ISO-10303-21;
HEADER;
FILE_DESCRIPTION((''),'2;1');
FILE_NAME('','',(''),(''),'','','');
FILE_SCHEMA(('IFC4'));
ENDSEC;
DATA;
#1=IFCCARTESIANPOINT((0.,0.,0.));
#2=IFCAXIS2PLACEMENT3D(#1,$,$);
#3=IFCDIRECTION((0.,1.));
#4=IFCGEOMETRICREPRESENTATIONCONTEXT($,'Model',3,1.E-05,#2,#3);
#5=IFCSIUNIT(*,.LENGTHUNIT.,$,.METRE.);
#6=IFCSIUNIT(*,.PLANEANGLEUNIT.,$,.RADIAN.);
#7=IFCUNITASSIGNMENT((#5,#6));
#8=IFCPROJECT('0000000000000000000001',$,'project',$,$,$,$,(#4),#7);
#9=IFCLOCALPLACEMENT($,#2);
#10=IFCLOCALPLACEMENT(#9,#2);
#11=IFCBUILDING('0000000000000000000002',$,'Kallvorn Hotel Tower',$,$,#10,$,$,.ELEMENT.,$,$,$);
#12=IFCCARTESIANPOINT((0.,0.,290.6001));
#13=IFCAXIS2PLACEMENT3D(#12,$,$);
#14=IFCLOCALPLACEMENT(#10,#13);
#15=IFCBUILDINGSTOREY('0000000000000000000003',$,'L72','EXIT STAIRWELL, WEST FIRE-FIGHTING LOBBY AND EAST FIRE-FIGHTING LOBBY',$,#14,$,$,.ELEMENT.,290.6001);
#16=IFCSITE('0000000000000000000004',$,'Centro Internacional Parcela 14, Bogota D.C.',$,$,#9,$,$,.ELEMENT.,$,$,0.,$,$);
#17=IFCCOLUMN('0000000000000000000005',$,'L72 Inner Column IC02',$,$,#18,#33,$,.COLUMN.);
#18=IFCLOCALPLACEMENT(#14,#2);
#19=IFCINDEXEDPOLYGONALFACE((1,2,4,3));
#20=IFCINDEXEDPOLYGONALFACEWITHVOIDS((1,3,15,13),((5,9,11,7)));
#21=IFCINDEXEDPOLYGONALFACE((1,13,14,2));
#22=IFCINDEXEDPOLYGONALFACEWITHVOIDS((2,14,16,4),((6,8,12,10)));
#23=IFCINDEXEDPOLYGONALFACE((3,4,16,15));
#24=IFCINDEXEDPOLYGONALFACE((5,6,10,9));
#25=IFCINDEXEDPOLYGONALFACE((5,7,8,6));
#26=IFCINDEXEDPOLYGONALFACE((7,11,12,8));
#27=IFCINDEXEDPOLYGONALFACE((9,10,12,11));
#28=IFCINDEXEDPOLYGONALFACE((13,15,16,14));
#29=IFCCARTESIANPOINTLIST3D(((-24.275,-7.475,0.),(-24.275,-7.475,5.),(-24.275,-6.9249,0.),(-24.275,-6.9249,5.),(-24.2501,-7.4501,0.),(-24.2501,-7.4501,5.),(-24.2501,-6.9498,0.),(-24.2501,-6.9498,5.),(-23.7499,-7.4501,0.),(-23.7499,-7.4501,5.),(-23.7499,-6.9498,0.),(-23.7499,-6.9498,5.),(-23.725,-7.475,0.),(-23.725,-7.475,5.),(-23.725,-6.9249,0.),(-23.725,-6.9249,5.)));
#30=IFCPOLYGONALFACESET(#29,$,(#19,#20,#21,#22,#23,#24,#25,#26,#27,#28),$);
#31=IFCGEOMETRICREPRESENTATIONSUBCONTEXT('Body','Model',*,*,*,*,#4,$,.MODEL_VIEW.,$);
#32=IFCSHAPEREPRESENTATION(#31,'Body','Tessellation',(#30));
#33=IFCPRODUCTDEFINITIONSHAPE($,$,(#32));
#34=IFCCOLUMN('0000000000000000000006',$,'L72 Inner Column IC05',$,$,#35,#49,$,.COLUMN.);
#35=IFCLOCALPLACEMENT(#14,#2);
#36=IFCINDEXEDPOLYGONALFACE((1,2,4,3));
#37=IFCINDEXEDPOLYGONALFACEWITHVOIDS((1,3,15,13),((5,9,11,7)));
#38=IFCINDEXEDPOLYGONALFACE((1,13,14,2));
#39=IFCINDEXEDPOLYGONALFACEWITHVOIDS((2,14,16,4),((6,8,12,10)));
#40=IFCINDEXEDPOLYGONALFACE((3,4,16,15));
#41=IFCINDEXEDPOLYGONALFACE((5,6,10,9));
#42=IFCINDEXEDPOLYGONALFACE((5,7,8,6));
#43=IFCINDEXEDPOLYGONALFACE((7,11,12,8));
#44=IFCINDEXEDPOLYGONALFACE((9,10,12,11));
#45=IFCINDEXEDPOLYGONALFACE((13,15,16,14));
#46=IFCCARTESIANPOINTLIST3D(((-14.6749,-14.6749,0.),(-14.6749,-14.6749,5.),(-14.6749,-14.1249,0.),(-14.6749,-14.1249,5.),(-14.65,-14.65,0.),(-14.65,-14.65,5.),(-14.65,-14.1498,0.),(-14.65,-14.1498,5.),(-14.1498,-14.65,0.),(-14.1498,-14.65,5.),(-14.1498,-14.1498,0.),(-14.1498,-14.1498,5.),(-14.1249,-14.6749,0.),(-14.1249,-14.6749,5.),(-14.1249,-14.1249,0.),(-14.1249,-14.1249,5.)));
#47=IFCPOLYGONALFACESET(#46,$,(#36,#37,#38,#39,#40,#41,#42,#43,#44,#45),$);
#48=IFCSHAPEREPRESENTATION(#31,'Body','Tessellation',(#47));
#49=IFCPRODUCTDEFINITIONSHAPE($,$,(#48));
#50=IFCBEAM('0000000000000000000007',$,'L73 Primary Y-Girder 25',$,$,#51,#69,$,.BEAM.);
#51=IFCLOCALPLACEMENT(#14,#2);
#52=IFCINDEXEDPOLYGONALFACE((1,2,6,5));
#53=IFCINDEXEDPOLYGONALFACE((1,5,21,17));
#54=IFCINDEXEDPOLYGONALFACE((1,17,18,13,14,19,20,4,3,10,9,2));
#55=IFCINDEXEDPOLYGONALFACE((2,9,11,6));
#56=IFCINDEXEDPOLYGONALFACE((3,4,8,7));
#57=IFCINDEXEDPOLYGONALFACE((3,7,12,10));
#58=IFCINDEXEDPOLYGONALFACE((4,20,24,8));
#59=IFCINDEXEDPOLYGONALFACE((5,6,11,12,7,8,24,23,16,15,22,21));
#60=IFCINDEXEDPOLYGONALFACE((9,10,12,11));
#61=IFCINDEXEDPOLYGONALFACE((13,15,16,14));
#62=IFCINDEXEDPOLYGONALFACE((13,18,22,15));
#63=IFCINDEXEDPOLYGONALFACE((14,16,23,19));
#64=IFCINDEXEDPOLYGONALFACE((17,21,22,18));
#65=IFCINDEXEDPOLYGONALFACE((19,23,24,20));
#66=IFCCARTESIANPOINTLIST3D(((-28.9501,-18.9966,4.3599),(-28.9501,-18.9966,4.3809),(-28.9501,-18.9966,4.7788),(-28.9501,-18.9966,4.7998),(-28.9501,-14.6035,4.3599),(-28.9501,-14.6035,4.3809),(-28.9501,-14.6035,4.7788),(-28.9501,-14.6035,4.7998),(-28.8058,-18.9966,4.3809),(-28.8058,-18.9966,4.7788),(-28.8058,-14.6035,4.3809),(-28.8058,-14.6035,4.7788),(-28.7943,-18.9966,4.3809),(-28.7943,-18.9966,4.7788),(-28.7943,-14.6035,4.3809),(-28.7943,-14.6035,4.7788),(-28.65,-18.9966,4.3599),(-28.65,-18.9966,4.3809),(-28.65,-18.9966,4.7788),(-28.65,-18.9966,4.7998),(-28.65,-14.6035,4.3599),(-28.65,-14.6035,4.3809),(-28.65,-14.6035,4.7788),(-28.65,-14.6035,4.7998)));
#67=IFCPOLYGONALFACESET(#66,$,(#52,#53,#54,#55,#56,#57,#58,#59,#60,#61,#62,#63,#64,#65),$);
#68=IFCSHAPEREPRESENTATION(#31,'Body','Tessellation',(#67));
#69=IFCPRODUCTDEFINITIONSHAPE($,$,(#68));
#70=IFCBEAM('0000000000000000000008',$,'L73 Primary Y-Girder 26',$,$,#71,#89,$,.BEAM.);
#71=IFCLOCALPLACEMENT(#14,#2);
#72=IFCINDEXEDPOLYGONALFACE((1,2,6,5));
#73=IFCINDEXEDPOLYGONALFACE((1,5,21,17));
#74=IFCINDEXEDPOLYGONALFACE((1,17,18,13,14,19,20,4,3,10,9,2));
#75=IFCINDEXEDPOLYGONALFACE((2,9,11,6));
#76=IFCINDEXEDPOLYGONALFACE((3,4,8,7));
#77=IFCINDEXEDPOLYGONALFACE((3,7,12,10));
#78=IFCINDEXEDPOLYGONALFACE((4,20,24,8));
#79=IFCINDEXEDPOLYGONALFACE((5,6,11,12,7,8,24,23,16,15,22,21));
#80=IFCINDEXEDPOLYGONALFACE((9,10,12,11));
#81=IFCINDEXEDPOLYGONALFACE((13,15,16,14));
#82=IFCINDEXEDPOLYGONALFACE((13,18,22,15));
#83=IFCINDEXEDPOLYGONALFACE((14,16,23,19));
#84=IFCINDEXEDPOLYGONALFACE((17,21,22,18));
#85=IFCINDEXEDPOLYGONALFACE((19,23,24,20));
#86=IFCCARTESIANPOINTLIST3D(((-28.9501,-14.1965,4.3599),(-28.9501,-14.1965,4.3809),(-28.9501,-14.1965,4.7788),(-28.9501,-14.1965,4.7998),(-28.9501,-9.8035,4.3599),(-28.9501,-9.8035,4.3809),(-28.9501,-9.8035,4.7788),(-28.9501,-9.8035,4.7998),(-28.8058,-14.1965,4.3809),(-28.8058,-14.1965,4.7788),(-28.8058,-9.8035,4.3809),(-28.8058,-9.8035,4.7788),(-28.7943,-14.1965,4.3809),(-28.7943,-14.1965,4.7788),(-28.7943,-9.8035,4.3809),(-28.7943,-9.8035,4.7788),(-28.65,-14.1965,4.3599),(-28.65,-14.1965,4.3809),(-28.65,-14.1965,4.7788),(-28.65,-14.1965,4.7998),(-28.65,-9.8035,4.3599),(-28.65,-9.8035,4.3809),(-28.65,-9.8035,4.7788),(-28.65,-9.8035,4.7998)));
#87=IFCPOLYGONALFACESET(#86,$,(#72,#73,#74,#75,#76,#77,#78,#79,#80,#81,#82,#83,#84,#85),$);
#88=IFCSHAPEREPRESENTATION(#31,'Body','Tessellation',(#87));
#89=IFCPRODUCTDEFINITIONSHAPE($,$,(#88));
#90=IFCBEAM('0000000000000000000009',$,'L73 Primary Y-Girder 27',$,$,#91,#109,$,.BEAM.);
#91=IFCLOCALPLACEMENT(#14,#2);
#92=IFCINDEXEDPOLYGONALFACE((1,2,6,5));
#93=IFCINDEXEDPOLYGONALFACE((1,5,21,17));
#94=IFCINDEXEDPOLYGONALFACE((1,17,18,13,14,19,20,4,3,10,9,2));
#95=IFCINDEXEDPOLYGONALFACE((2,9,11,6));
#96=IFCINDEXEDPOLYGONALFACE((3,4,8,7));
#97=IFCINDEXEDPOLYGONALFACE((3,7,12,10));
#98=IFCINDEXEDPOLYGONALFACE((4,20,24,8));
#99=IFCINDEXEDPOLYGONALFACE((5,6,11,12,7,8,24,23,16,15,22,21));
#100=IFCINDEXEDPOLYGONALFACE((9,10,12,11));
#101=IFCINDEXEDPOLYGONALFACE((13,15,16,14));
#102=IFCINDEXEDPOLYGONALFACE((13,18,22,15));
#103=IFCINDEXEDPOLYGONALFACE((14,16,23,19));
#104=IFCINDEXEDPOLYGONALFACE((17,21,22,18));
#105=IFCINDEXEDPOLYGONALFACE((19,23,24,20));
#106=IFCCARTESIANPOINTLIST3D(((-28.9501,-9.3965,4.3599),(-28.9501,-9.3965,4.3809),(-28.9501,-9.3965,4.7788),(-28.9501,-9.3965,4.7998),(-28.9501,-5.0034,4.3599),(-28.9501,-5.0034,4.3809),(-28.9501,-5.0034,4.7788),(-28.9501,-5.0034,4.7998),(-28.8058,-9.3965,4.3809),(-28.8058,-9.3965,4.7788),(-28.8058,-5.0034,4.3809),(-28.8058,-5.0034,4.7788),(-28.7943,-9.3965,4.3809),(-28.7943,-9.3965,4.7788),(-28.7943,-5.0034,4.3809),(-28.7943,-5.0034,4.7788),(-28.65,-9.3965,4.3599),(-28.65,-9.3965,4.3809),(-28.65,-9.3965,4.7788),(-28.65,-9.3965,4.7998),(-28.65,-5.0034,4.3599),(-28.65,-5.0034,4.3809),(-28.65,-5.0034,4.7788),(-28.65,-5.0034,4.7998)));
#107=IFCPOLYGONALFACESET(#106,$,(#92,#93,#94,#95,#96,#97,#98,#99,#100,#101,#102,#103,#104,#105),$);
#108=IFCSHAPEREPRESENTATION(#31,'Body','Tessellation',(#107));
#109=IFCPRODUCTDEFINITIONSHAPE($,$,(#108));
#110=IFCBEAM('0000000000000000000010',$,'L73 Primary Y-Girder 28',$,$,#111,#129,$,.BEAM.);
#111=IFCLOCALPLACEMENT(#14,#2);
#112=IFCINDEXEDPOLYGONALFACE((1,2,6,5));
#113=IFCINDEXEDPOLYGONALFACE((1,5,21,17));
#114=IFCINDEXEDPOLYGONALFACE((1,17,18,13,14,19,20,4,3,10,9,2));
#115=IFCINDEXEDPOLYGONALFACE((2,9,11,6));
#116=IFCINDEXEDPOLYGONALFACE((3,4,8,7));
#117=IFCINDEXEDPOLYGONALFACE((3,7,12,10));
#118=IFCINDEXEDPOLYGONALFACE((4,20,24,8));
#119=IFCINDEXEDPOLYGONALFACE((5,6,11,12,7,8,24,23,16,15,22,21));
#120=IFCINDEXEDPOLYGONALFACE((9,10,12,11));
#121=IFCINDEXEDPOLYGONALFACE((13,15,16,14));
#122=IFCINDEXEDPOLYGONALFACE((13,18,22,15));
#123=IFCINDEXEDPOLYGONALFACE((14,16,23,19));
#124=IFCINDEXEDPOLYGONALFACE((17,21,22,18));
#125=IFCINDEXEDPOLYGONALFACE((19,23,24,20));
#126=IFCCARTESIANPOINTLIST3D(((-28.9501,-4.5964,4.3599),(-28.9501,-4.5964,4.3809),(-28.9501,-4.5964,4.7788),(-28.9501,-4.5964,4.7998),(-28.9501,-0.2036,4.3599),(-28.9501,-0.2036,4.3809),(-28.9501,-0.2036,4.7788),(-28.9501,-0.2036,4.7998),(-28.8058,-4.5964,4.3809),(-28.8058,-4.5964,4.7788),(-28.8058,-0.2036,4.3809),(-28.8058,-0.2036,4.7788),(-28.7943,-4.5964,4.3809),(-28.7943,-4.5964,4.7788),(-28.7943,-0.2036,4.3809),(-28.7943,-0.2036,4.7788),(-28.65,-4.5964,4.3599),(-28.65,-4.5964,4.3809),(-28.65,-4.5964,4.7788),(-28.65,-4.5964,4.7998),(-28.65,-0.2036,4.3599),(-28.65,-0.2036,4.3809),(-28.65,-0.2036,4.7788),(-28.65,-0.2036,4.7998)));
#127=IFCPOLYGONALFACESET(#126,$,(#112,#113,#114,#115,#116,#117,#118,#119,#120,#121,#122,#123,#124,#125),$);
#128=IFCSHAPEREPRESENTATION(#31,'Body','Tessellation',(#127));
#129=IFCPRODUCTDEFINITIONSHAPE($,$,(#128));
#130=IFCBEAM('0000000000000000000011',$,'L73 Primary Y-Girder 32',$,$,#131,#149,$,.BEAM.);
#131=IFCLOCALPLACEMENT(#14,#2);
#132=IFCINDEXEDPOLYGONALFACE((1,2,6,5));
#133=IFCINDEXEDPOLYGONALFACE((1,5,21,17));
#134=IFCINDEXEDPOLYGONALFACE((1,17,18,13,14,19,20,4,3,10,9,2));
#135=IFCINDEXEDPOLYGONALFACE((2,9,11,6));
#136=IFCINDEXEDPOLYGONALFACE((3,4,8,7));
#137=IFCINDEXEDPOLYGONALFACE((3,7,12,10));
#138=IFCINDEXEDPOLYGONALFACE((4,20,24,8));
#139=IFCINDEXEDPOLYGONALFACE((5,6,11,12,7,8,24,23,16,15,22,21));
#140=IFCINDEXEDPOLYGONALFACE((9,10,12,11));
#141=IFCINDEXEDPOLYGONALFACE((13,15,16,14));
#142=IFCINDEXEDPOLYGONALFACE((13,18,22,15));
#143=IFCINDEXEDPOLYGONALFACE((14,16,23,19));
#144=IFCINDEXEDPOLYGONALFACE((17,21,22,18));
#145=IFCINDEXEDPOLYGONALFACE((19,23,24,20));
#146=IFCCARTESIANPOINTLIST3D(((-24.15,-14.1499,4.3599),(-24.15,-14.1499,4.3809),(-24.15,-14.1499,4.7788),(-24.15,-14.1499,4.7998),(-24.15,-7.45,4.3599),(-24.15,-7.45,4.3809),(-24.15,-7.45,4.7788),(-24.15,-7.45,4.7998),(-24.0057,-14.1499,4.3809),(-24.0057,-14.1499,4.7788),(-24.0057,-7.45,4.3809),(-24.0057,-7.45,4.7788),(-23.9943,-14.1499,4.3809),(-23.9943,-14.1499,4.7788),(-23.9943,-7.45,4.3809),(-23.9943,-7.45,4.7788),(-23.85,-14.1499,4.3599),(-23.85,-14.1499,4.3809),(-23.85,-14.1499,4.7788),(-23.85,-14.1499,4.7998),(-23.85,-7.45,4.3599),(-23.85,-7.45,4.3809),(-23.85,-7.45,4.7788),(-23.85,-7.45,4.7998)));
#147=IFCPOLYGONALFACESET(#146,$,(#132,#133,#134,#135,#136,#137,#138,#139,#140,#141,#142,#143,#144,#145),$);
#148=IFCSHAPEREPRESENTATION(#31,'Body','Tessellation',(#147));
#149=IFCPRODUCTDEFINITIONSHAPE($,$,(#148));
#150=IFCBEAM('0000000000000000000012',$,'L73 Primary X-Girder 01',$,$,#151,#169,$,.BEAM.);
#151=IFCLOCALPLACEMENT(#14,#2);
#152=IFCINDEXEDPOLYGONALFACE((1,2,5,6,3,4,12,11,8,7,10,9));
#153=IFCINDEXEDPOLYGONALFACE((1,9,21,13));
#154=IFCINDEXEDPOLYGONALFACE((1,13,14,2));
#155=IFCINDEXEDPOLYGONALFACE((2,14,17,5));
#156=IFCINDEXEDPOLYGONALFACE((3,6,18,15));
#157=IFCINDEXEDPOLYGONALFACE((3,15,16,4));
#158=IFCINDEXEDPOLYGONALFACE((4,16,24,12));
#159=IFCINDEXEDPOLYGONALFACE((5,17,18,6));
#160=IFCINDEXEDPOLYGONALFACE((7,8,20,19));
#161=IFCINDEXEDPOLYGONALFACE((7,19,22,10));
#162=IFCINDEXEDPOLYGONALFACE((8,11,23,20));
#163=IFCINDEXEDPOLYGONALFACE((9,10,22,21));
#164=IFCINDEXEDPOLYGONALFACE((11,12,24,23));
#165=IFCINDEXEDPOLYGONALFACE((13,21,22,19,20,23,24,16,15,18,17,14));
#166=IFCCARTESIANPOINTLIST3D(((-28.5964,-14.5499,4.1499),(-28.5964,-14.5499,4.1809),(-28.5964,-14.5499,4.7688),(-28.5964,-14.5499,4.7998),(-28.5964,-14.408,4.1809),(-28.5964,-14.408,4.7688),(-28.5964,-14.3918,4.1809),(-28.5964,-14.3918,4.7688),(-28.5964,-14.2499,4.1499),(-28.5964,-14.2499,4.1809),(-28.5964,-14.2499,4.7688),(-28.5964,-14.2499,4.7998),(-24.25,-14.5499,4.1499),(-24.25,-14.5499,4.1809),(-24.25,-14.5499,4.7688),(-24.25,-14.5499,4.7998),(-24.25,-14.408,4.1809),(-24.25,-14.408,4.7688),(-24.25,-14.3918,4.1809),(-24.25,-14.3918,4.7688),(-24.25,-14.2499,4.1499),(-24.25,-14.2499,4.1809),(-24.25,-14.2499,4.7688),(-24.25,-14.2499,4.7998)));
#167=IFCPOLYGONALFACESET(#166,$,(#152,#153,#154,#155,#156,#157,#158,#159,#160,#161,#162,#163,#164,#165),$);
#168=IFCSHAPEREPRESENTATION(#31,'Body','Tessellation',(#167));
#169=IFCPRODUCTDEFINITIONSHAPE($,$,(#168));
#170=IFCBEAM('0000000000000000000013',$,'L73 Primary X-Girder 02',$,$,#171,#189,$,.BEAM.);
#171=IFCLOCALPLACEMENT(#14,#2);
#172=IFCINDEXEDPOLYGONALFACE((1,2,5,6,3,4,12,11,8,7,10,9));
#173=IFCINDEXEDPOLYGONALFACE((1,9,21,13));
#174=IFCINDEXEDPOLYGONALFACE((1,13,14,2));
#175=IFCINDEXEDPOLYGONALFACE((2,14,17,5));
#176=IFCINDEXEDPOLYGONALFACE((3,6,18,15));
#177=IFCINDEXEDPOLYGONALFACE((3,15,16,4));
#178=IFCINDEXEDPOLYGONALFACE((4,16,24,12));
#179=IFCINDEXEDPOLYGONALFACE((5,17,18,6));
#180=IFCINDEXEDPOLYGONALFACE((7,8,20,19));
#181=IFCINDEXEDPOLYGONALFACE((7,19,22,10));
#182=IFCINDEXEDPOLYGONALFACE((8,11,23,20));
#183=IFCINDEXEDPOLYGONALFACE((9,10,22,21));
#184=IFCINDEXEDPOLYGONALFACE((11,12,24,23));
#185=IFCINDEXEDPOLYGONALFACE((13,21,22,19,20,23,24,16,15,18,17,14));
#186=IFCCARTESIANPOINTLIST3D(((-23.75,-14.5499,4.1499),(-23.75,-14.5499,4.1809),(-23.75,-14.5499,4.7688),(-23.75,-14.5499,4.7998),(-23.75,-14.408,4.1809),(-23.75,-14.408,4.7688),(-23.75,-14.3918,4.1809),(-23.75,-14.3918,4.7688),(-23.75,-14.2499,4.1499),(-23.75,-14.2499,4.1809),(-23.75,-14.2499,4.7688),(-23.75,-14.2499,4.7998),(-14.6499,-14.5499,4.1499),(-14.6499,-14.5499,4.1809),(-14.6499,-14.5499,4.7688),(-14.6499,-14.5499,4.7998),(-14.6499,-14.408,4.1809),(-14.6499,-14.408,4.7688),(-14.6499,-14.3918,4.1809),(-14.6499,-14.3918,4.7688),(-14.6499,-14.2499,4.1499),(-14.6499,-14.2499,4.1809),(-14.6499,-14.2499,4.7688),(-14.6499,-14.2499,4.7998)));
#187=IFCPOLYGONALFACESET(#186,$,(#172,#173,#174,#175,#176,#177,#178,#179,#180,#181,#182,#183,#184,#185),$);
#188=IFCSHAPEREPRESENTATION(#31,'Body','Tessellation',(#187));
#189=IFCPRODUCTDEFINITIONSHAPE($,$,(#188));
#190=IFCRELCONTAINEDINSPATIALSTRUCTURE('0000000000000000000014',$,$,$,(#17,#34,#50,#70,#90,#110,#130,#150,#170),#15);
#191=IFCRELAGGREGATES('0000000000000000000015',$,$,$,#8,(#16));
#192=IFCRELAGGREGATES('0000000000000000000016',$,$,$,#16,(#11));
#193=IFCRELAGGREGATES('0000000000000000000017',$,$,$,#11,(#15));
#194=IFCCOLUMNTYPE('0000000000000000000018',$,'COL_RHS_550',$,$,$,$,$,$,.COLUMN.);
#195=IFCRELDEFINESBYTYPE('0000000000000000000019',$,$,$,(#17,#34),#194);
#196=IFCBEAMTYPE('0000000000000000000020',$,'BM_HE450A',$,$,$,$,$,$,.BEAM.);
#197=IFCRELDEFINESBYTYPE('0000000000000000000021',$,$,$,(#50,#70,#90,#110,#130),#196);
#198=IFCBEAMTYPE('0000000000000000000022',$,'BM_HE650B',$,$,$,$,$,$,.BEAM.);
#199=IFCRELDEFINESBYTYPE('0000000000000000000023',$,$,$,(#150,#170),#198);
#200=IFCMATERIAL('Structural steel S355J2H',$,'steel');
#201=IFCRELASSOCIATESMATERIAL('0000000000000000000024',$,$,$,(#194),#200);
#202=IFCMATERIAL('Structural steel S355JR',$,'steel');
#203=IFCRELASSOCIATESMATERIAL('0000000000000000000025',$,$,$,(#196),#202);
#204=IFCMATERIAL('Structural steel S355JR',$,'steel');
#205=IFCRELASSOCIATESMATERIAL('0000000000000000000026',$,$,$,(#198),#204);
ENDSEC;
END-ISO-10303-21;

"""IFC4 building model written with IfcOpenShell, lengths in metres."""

from ifc_helpers import new_model, si_unit, direction, frame, origin, origin_2d, place, context, subcontext, project, spatial, hollow_rectangle, i_section, extrude, material, material_profile, profile_set, type_object, element, save


model = new_model("IFC4")

# Units and contexts
model_context = context("Model", 3, precision=1e-05, world=origin(), true_north=direction((0.0, 1.0)))
body_context = subcontext(model_context, "Body", "Model", "MODEL_VIEW")
ifc_project = project(units=[si_unit("LENGTHUNIT", "METRE"), si_unit("PLANEANGLEUNIT", "RADIAN")], contexts=[model_context])

# Site, building, storey
site_placement = place(None, origin())
site = spatial("IfcSite", under=ifc_project, at=site_placement, Name="Centro Internacional Parcela 14, Bogota D.C.", CompositionType="ELEMENT", RefElevation=0.0)
building_placement = place(site_placement, origin())
building = spatial("IfcBuilding", under=site, at=building_placement, Name="Kallvorn Hotel Tower", CompositionType="ELEMENT")
storey_placement = place(building_placement, frame((0.0, 0.0, 290.6001)))
storey = spatial("IfcBuildingStorey", under=building, at=storey_placement, Name="L72", Description="EXIT STAIRWELL, WEST FIRE-FIGHTING LOBBY AND EAST FIRE-FIGHTING LOBBY", CompositionType="ELEMENT", Elevation=290.6001)

# Columns
ifc_material_1 = material(Name="Structural steel S355J2H", Category="steel")
ifc_material_profile_1 = material_profile(ifc_material_1, hollow_rectangle(XDim=0.55, YDim=0.55, WallThickness=0.0249, at=origin_2d()), Name="RHS 550x550x25")
ifc_profile_set_1 = profile_set([ifc_material_profile_1], Name="Structural steel S355J2H")
column_type_1 = type_object("IfcColumnType", Name="COL_RHS_550", PredefinedType="COLUMN", material=ifc_profile_set_1)
for number, where, z_axis, x_axis, name in (
    (1, (-24.0, -7.2, 0.0), (0.0, 0.0, 1.0), (1.0, 0.0, 0.0), "L72 Inner Column IC02"),
    (2, (-14.3999, -14.3999, 0.0), (0.0, 0.0, 1.0), (1.0, 0.0, 0.0), "L72 Inner Column IC05"),
):
    element("IfcColumn", number, at=place(storey_placement, frame(where, z_axis=z_axis, x_axis=x_axis)), inside=storey, type_object=column_type_1, Name=name, PredefinedType="COLUMN", context=body_context, shape_type="SweptSolid", body=[
        extrude(hollow_rectangle(XDim=0.55, YDim=0.55, WallThickness=0.0249, at=origin_2d()), origin(), (0.0, 0.0, 1.0), 5.0),
    ])

# Beams
ifc_material_2 = material(Name="Structural steel S355JR", Category="steel")
ifc_material_profile_2 = material_profile(ifc_material_2, i_section(OverallWidth=0.3, OverallDepth=0.4399, WebThickness=0.0115, FlangeThickness=0.021, at=origin_2d()), Name="HE 450 A")
ifc_profile_set_2 = profile_set([ifc_material_profile_2], Name="Structural steel S355JR")
beam_type_1 = type_object("IfcBeamType", Name="BM_HE450A", PredefinedType="BEAM", material=ifc_profile_set_2)
for number, where, z_axis, x_axis, name in (
    (3, (-28.8, -18.9966, 4.5798), (0.0, 1.0, 0.0), (-1.0, 0.0, 0.0), "L73 Primary Y-Girder 25"),
    (4, (-28.8, -14.1965, 4.5798), (0.0, 1.0, 0.0), (-1.0, 0.0, 0.0), "L73 Primary Y-Girder 26"),
    (5, (-28.8, -9.3965, 4.5798), (0.0, 1.0, 0.0), (-1.0, 0.0, 0.0), "L73 Primary Y-Girder 27"),
):
    element("IfcBeam", number, at=place(storey_placement, frame(where, z_axis=z_axis, x_axis=x_axis)), inside=storey, type_object=beam_type_1, Name=name, PredefinedType="BEAM", context=body_context, shape_type="SweptSolid", body=[
        extrude(i_section(OverallWidth=0.3, OverallDepth=0.4399, WebThickness=0.0115, FlangeThickness=0.021, at=origin_2d()), origin(), (0.0, 0.0, 1.0), 4.3931),
    ])
beam_1_placement = place(storey_placement, frame((-28.8, -4.5964, 4.5798), z_axis=(0.0, 1.0, 0.0), x_axis=(-1.0, 0.0, 0.0)))
element("IfcBeam", 6, at=beam_1_placement, inside=storey, type_object=beam_type_1, Name="L73 Primary Y-Girder 28", PredefinedType="BEAM", context=body_context, shape_type="SweptSolid", body=[
    extrude(i_section(OverallWidth=0.3, OverallDepth=0.4399, WebThickness=0.0115, FlangeThickness=0.021, at=origin_2d()), origin(), (0.0, 0.0, 1.0), 4.3928),
])
beam_2_placement = place(storey_placement, frame((-24.0, -14.1499, 4.5798), z_axis=(0.0, 1.0, 0.0), x_axis=(-1.0, 0.0, 0.0)))
element("IfcBeam", 7, at=beam_2_placement, inside=storey, type_object=beam_type_1, Name="L73 Primary Y-Girder 32", PredefinedType="BEAM", context=body_context, shape_type="SweptSolid", body=[
    extrude(i_section(OverallWidth=0.3, OverallDepth=0.4399, WebThickness=0.0115, FlangeThickness=0.021, at=origin_2d()), origin(), (0.0, 0.0, 1.0), 6.7),
])
ifc_material_3 = material(Name="Structural steel S355JR", Category="steel")
ifc_material_profile_3 = material_profile(ifc_material_3, i_section(OverallWidth=0.3, OverallDepth=0.6499, WebThickness=0.0161, FlangeThickness=0.031, at=origin_2d()), Name="HE 650 B")
ifc_profile_set_3 = profile_set([ifc_material_profile_3], Name="Structural steel S355JR")
beam_type_2 = type_object("IfcBeamType", Name="BM_HE650B", PredefinedType="BEAM", material=ifc_profile_set_3)
beam_3_placement = place(storey_placement, frame((-28.5964, -14.3999, 4.4749), z_axis=(1.0, 0.0, 0.0), x_axis=(0.0, 1.0, 0.0)))
element("IfcBeam", 8, at=beam_3_placement, inside=storey, type_object=beam_type_2, Name="L73 Primary X-Girder 01", PredefinedType="BEAM", context=body_context, shape_type="SweptSolid", body=[
    extrude(i_section(OverallWidth=0.3, OverallDepth=0.6499, WebThickness=0.0161, FlangeThickness=0.031, at=origin_2d()), origin(), (0.0, 0.0, 1.0), 4.3464),
])
for number, where, z_axis, x_axis, name in (
    (9, (-23.75, -14.3999, 4.4749), (1.0, 0.0, 0.0), (0.0, 1.0, 0.0), "L73 Primary X-Girder 02"),
):
    element("IfcBeam", number, at=place(storey_placement, frame(where, z_axis=z_axis, x_axis=x_axis)), inside=storey, type_object=beam_type_2, Name=name, PredefinedType="BEAM", context=body_context, shape_type="SweptSolid", body=[
        extrude(i_section(OverallWidth=0.3, OverallDepth=0.6499, WebThickness=0.0161, FlangeThickness=0.031, at=origin_2d()), origin(), (0.0, 0.0, 1.0), 9.1001),
    ])

save(model, "model.ifc")
